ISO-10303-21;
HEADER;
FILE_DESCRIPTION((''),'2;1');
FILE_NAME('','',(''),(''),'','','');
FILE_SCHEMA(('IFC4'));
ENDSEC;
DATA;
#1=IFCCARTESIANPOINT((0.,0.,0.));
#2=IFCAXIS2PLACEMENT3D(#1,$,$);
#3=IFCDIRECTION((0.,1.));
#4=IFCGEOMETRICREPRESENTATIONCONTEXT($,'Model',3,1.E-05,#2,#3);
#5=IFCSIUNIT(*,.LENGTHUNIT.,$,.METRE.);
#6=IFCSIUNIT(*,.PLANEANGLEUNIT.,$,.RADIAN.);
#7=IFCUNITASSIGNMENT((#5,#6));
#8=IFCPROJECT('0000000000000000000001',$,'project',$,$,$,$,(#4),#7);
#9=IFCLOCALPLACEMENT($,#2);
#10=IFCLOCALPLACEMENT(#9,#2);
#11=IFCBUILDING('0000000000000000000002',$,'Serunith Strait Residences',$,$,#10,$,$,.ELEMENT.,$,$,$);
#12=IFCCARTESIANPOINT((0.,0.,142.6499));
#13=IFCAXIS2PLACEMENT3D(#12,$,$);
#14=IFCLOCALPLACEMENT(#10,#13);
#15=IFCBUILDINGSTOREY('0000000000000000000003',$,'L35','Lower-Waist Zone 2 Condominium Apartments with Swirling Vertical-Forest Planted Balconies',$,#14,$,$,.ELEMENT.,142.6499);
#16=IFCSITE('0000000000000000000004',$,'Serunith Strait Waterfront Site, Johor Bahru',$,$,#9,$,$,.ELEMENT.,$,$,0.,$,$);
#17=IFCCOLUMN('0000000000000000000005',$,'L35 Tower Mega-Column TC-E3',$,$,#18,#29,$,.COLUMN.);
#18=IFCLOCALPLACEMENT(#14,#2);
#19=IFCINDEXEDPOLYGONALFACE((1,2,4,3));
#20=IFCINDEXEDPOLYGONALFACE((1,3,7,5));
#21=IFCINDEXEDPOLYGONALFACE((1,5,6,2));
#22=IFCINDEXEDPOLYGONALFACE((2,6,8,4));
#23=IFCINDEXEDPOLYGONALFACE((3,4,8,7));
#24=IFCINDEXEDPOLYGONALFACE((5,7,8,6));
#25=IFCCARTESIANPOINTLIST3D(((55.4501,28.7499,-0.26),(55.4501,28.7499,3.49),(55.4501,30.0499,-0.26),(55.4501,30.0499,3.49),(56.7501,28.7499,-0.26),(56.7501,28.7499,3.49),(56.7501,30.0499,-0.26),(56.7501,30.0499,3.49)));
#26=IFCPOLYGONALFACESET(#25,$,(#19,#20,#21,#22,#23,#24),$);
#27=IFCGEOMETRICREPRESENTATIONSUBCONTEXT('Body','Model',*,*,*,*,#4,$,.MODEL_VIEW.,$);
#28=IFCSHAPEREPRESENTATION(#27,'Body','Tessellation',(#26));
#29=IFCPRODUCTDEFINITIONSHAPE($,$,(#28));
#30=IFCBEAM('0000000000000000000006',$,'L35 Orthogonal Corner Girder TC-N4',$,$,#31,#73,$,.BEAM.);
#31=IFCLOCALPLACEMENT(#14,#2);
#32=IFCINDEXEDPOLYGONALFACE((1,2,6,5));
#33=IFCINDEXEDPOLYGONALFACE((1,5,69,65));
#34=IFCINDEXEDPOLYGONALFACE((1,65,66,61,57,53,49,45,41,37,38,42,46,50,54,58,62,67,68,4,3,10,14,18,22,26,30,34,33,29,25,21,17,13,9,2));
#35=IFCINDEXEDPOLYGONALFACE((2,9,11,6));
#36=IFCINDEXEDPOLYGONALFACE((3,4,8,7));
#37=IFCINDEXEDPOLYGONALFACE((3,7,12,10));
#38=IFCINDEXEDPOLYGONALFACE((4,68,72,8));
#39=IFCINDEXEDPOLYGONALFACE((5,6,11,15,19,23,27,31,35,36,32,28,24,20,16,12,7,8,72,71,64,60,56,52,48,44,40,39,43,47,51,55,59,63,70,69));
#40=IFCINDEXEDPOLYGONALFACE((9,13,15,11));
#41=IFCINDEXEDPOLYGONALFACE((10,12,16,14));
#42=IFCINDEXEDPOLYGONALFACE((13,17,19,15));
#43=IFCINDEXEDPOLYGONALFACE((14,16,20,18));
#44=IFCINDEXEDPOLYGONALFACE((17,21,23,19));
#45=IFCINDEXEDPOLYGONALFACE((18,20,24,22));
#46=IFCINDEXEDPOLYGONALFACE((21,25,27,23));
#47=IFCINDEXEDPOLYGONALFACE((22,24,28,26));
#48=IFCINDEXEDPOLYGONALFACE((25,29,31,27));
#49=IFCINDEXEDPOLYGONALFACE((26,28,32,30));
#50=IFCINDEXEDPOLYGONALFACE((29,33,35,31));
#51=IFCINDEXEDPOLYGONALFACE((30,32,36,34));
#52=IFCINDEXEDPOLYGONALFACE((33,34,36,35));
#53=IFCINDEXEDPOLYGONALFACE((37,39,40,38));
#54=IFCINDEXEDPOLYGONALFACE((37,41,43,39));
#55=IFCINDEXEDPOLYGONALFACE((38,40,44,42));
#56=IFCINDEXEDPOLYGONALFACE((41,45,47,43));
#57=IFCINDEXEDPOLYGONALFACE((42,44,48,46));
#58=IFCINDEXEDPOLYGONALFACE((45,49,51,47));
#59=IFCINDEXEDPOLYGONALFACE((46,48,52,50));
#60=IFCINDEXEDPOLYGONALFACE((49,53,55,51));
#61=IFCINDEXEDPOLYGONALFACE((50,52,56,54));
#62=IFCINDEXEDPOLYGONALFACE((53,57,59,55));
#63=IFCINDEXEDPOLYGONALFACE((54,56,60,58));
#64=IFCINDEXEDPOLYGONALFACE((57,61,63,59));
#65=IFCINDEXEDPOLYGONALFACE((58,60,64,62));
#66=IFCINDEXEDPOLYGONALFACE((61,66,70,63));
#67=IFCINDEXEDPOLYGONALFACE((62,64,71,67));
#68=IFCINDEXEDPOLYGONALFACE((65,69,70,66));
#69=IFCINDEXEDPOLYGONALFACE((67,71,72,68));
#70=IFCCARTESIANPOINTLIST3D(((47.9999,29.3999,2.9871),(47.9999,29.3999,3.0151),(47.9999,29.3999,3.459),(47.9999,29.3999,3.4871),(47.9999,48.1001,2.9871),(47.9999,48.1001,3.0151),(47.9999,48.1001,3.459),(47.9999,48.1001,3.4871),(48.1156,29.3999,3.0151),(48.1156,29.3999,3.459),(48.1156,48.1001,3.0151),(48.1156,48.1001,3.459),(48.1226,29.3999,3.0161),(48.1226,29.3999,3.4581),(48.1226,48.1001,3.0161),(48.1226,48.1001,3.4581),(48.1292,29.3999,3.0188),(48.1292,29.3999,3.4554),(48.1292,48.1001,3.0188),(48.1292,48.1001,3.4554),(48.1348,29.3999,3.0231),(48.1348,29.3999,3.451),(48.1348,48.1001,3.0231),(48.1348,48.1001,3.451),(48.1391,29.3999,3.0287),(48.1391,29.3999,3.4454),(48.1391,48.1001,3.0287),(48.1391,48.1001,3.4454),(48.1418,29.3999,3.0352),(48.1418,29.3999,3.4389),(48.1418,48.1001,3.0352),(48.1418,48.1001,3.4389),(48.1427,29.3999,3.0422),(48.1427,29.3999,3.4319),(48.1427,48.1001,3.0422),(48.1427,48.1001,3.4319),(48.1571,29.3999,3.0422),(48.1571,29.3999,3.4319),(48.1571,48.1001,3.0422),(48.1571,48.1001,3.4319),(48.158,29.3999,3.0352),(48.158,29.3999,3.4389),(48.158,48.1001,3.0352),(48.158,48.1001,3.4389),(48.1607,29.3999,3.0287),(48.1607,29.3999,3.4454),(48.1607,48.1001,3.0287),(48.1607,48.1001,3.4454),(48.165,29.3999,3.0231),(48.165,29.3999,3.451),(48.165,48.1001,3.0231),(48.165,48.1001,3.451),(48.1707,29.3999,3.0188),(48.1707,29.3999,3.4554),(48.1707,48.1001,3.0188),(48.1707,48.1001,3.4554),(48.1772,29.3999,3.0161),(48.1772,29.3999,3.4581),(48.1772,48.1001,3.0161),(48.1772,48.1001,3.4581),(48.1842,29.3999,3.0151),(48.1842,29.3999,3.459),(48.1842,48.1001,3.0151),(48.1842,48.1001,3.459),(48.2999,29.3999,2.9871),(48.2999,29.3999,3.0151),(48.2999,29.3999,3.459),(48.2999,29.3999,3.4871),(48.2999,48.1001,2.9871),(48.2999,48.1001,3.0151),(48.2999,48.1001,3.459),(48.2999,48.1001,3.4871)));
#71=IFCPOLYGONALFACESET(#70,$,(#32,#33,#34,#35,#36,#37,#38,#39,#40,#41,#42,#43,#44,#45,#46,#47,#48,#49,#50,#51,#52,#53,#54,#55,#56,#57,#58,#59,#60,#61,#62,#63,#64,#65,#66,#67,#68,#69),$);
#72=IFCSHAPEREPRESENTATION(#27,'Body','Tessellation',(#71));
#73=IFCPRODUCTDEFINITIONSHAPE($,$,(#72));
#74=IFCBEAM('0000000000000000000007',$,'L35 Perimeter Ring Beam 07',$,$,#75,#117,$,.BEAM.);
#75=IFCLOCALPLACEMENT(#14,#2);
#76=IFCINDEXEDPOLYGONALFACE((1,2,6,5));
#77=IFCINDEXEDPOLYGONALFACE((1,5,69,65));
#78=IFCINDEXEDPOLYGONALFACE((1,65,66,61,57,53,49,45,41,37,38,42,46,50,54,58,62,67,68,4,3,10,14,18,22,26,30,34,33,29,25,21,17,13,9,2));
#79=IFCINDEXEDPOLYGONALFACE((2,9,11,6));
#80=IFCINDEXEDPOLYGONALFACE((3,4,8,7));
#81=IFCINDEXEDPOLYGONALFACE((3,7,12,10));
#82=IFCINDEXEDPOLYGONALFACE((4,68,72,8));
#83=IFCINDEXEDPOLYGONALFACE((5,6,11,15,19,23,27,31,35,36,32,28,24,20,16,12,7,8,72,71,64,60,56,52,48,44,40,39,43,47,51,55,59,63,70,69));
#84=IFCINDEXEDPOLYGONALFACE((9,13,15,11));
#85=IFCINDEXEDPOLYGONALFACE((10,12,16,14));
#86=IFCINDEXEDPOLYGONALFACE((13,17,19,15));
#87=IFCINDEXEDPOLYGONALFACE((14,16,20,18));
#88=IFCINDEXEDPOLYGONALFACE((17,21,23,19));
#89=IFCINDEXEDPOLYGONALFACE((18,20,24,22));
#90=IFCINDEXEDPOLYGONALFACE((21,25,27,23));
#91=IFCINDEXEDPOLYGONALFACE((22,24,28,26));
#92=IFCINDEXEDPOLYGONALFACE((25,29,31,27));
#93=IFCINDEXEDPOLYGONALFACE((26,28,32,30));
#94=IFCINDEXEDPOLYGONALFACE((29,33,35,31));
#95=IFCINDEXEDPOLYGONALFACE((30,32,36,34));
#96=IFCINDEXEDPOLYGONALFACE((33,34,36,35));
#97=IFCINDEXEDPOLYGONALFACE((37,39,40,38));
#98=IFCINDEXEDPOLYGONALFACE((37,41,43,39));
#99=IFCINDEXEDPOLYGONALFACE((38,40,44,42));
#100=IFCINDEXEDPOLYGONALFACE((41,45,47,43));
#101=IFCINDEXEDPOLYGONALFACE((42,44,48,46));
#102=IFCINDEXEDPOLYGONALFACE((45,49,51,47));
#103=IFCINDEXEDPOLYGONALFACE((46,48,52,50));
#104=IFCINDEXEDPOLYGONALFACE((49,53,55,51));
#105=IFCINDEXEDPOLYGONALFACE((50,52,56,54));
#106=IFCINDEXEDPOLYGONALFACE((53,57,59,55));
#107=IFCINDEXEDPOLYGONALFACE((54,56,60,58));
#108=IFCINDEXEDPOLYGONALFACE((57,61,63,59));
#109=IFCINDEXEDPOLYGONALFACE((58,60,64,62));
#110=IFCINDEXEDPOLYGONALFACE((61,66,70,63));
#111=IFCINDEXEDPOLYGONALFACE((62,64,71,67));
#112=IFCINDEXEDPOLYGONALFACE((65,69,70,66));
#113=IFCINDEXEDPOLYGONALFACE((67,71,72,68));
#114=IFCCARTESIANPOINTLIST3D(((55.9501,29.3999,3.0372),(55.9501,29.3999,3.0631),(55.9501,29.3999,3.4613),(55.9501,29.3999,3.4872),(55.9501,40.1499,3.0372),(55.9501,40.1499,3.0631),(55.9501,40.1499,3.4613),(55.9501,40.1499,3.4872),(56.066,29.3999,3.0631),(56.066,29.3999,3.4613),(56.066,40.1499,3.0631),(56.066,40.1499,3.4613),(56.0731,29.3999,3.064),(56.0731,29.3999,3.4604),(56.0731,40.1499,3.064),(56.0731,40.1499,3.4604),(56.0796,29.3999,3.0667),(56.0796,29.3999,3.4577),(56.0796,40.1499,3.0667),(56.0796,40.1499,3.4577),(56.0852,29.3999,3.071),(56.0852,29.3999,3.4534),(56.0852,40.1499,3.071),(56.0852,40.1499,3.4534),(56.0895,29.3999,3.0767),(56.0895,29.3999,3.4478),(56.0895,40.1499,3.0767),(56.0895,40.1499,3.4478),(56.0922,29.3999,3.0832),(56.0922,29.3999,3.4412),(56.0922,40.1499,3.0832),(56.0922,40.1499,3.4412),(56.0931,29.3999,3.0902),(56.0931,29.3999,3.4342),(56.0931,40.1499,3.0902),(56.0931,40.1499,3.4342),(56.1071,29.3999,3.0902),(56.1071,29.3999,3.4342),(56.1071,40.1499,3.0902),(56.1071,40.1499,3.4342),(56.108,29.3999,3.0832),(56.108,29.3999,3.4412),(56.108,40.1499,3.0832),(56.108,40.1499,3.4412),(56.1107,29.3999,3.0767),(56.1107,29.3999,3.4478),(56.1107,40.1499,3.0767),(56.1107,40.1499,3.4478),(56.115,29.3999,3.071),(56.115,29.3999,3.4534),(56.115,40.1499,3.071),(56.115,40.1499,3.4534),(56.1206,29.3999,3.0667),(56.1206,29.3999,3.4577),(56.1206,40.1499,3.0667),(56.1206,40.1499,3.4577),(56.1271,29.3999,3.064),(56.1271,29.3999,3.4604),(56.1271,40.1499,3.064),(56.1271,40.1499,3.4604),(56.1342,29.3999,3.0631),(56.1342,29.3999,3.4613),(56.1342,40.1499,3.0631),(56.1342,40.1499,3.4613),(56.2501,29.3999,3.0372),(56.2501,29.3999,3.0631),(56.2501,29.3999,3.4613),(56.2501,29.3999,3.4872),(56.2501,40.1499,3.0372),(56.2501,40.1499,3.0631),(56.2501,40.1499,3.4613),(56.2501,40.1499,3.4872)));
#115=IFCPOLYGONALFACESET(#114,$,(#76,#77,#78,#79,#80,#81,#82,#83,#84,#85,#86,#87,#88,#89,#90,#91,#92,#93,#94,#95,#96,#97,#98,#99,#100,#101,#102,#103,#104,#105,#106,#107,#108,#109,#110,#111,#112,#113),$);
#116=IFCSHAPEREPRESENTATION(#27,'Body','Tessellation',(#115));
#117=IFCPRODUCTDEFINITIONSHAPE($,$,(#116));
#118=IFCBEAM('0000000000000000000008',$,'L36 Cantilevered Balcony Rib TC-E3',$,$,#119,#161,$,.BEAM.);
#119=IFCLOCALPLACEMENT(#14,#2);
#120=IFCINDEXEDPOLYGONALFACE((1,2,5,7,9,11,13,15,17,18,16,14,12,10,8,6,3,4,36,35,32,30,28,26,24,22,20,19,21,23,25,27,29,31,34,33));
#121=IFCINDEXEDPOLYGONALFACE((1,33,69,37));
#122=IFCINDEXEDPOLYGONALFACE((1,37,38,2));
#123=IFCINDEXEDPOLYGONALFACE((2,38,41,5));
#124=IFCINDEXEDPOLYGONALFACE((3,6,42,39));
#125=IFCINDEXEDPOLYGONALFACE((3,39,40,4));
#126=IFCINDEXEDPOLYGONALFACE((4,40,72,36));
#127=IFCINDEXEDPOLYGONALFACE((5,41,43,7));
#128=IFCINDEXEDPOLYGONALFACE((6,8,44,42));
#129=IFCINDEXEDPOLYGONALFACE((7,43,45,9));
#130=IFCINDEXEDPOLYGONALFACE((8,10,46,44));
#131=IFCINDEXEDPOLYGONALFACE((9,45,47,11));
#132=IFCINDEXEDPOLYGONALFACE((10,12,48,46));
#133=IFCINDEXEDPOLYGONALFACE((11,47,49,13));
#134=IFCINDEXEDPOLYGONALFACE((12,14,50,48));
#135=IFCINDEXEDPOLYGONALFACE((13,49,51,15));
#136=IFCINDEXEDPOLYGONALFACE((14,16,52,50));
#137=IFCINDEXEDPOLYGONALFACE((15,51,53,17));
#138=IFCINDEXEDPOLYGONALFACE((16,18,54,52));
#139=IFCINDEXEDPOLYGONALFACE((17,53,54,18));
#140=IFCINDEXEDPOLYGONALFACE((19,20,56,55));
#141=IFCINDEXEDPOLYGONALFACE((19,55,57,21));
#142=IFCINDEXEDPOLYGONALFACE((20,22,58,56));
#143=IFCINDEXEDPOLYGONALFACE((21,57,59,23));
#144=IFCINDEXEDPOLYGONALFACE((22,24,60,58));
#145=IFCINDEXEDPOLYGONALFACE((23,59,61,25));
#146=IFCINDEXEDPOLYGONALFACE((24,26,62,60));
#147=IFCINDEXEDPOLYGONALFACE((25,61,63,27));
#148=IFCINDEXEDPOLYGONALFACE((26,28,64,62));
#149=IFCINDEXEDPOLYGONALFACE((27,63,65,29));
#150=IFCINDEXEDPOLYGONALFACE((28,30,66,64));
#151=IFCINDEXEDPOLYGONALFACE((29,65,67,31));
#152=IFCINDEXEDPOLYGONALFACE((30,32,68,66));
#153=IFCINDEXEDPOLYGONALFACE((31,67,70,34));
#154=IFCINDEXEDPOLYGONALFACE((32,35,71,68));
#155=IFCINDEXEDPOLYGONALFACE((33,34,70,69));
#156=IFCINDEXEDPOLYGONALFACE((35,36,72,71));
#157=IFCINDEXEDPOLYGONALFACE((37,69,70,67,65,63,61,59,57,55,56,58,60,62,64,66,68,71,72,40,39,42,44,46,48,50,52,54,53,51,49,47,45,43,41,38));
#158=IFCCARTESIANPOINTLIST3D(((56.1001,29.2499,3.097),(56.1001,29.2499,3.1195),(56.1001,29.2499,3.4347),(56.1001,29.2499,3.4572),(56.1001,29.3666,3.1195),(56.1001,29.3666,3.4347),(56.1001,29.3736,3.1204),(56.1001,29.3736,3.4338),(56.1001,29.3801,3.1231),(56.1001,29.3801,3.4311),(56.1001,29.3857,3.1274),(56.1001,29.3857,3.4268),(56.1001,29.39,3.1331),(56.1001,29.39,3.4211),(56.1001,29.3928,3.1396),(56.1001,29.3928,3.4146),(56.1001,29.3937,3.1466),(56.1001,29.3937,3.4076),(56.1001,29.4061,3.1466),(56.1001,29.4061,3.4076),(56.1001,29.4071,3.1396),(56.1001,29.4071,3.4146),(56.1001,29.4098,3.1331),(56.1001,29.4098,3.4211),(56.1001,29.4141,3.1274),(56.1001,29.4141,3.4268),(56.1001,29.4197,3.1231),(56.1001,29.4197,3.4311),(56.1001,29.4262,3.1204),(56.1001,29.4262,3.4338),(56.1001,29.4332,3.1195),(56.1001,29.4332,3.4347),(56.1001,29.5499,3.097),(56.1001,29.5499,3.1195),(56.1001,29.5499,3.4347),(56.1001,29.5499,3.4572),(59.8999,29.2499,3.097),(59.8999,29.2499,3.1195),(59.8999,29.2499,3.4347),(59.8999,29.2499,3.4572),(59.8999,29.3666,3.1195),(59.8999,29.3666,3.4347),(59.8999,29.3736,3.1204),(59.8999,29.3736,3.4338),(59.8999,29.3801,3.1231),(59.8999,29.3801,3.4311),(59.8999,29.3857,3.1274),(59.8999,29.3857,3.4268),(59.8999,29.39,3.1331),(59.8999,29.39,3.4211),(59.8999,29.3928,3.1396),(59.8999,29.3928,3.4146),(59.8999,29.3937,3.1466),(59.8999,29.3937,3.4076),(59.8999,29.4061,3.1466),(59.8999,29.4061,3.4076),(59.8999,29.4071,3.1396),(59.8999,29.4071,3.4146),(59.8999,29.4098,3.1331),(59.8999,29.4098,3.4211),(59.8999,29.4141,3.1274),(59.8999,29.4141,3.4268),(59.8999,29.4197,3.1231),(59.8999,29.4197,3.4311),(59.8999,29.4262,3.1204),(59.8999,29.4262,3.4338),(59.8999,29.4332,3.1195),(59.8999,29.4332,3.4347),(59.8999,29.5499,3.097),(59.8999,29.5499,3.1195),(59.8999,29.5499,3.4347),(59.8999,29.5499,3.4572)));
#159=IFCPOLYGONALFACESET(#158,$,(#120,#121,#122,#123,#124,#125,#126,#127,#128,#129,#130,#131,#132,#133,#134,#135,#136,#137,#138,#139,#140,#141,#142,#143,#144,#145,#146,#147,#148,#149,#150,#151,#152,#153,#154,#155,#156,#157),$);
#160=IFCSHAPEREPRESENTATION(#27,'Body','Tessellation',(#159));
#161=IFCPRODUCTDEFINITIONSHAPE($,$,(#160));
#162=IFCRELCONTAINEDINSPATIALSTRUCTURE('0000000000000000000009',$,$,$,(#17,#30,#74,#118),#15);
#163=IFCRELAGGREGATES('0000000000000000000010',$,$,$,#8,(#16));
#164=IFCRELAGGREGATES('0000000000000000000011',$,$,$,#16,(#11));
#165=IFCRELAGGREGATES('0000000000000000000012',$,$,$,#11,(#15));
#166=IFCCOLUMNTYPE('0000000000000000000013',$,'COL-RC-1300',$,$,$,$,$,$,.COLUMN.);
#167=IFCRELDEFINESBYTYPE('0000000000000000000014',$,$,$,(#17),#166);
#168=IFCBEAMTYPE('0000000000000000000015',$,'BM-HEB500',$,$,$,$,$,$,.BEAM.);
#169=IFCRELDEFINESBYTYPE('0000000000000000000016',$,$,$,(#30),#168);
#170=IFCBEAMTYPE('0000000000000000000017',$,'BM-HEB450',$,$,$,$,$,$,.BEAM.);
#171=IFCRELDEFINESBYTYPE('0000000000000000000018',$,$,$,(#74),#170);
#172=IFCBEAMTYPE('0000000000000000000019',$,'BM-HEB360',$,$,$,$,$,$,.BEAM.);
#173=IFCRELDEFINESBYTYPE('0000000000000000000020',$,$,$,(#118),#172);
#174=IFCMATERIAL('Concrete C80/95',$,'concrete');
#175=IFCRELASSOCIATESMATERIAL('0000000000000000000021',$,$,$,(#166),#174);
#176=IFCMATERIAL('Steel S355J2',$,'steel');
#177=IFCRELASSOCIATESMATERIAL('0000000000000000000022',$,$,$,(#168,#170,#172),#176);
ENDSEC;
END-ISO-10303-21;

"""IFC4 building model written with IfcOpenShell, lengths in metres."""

from ifc_helpers import new_model, si_unit, direction, frame, origin, origin_2d, place, context, subcontext, project, spatial, rectangle, i_section, extrude, source, transform, mapped, material, material_profile, profile_set, type_object, element, save


model = new_model("IFC4")

# Units and contexts
model_context = context("Model", 3, precision=1e-05, world=origin(), true_north=direction((0.0, 1.0)))
body_context = subcontext(model_context, "Body", "Model", "MODEL_VIEW")
ifc_project = project(units=[si_unit("LENGTHUNIT", "METRE"), si_unit("PLANEANGLEUNIT", "RADIAN")], contexts=[model_context])

# Site, building, storey
site_placement = place(None, origin())
site = spatial("IfcSite", under=ifc_project, at=site_placement, Name="Serunith Strait Waterfront Site, Johor Bahru", CompositionType="ELEMENT", RefElevation=0.0)
building_placement = place(site_placement, origin())
building = spatial("IfcBuilding", under=site, at=building_placement, Name="Serunith Strait Residences", CompositionType="ELEMENT")
storey_placement = place(building_placement, frame((0.0, 0.0, 142.6499)))
storey = spatial("IfcBuildingStorey", under=building, at=storey_placement, Name="L35", Description="Lower-Waist Zone 2 Condominium Apartments with Swirling Vertical-Forest Planted Balconies", CompositionType="ELEMENT", Elevation=142.6499)

# Column
ifc_material_1 = material(Name="Concrete C80/95", Category="concrete")
ifc_material_profile_1 = material_profile(ifc_material_1, rectangle(XDim=1.3, YDim=1.3, at=origin_2d()), Name="RC 1300x1300")
ifc_profile_set_1 = profile_set([ifc_material_profile_1], Name="Concrete C80/95")
column_type = type_object("IfcColumnType", Name="COL-RC-1300", PredefinedType="COLUMN", material=ifc_profile_set_1)
shared_shape_1 = source(origin(), body_context, "Body", "SweptSolid", [
    extrude(rectangle(XDim=1.3, YDim=1.3, at=origin_2d()), origin(), (0.0, 0.0, 1.0), 3.75),
])
column_placement = place(storey_placement, frame((56.1001, 29.3999, -0.26), z_axis=(0.0, 0.0, 1.0), x_axis=(1.0, 0.0, 0.0)))
element("IfcColumn", 1, at=column_placement, inside=storey, type_object=column_type, Name="L35 Tower Mega-Column TC-E3", PredefinedType="COLUMN", context=body_context, shape_type="MappedRepresentation", body=[
    mapped(shared_shape_1, transform((0.0, 0.0, 0.0), scale=1.0)),
])

# Beams
ifc_material_2 = material(Name="Steel S355J2", Category="steel")
ifc_material_profile_2 = material_profile(ifc_material_2, i_section(OverallWidth=0.3, OverallDepth=0.5, WebThickness=0.0144, FlangeThickness=0.0281, FilletRadius=0.0271, at=origin_2d()), Name="HEB 500")
ifc_profile_set_2 = profile_set([ifc_material_profile_2], Name="Steel S355J2")
beam_type_1 = type_object("IfcBeamType", Name="BM-HEB500", PredefinedType="BEAM", material=ifc_profile_set_2)
shared_shape_2 = source(origin(), body_context, "Body", "SweptSolid", [
    extrude(i_section(OverallWidth=0.3, OverallDepth=0.5, WebThickness=0.0144, FlangeThickness=0.0281, FilletRadius=0.0271, at=origin_2d()), origin(), (0.0, 0.0, 1.0), 18.7002),
])
beam_1_placement = place(storey_placement, frame((48.1499, 29.3999, 3.2371), z_axis=(0.0, 1.0, 0.0), x_axis=(-1.0, 0.0, 0.0)))
element("IfcBeam", 2, at=beam_1_placement, inside=storey, type_object=beam_type_1, Name="L35 Orthogonal Corner Girder TC-N4", PredefinedType="BEAM", context=body_context, shape_type="MappedRepresentation", body=[
    mapped(shared_shape_2, transform((0.0, 0.0, 0.0), scale=1.0)),
])
ifc_material_profile_3 = material_profile(ifc_material_2, i_section(OverallWidth=0.3, OverallDepth=0.45, WebThickness=0.0139, FlangeThickness=0.0259, FilletRadius=0.0271, at=origin_2d()), Name="HEB 450")
ifc_profile_set_3 = profile_set([ifc_material_profile_3], Name="Steel S355J2")
beam_type_2 = type_object("IfcBeamType", Name="BM-HEB450", PredefinedType="BEAM", material=ifc_profile_set_3)
shared_shape_3 = source(origin(), body_context, "Body", "SweptSolid", [
    extrude(i_section(OverallWidth=0.3, OverallDepth=0.45, WebThickness=0.0139, FlangeThickness=0.0259, FilletRadius=0.0271, at=origin_2d()), origin(), (0.0, 0.0, 1.0), 10.75),
])
beam_2_placement = place(storey_placement, frame((56.1001, 29.3999, 3.2622), z_axis=(0.0, 1.0, 0.0), x_axis=(-1.0, 0.0, 0.0)))
element("IfcBeam", 3, at=beam_2_placement, inside=storey, type_object=beam_type_2, Name="L35 Perimeter Ring Beam 07", PredefinedType="BEAM", context=body_context, shape_type="MappedRepresentation", body=[
    mapped(shared_shape_3, transform((0.0, 0.0, 0.0), scale=1.0)),
])
ifc_material_profile_4 = material_profile(ifc_material_2, i_section(OverallWidth=0.3, OverallDepth=0.3601, WebThickness=0.0125, FlangeThickness=0.0225, FilletRadius=0.0271, at=origin_2d()), Name="HEB 360")
ifc_profile_set_4 = profile_set([ifc_material_profile_4], Name="Steel S355J2")
beam_type_3 = type_object("IfcBeamType", Name="BM-HEB360", PredefinedType="BEAM", material=ifc_profile_set_4)
shared_shape_4 = source(origin(), body_context, "Body", "SweptSolid", [
    extrude(i_section(OverallWidth=0.3, OverallDepth=0.3601, WebThickness=0.0125, FlangeThickness=0.0225, FilletRadius=0.0271, at=origin_2d()), origin(), (0.0, 0.0, 1.0), 3.7998),
])
beam_3_placement = place(storey_placement, frame((56.1001, 29.3999, 3.2771), z_axis=(1.0, 0.0, 0.0), x_axis=(0.0, 1.0, 0.0)))
element("IfcBeam", 4, at=beam_3_placement, inside=storey, type_object=beam_type_3, Name="L36 Cantilevered Balcony Rib TC-E3", PredefinedType="BEAM", context=body_context, shape_type="MappedRepresentation", body=[
    mapped(shared_shape_4, transform((0.0, 0.0, 0.0), scale=1.0)),
])

save(model, "model.ifc")
